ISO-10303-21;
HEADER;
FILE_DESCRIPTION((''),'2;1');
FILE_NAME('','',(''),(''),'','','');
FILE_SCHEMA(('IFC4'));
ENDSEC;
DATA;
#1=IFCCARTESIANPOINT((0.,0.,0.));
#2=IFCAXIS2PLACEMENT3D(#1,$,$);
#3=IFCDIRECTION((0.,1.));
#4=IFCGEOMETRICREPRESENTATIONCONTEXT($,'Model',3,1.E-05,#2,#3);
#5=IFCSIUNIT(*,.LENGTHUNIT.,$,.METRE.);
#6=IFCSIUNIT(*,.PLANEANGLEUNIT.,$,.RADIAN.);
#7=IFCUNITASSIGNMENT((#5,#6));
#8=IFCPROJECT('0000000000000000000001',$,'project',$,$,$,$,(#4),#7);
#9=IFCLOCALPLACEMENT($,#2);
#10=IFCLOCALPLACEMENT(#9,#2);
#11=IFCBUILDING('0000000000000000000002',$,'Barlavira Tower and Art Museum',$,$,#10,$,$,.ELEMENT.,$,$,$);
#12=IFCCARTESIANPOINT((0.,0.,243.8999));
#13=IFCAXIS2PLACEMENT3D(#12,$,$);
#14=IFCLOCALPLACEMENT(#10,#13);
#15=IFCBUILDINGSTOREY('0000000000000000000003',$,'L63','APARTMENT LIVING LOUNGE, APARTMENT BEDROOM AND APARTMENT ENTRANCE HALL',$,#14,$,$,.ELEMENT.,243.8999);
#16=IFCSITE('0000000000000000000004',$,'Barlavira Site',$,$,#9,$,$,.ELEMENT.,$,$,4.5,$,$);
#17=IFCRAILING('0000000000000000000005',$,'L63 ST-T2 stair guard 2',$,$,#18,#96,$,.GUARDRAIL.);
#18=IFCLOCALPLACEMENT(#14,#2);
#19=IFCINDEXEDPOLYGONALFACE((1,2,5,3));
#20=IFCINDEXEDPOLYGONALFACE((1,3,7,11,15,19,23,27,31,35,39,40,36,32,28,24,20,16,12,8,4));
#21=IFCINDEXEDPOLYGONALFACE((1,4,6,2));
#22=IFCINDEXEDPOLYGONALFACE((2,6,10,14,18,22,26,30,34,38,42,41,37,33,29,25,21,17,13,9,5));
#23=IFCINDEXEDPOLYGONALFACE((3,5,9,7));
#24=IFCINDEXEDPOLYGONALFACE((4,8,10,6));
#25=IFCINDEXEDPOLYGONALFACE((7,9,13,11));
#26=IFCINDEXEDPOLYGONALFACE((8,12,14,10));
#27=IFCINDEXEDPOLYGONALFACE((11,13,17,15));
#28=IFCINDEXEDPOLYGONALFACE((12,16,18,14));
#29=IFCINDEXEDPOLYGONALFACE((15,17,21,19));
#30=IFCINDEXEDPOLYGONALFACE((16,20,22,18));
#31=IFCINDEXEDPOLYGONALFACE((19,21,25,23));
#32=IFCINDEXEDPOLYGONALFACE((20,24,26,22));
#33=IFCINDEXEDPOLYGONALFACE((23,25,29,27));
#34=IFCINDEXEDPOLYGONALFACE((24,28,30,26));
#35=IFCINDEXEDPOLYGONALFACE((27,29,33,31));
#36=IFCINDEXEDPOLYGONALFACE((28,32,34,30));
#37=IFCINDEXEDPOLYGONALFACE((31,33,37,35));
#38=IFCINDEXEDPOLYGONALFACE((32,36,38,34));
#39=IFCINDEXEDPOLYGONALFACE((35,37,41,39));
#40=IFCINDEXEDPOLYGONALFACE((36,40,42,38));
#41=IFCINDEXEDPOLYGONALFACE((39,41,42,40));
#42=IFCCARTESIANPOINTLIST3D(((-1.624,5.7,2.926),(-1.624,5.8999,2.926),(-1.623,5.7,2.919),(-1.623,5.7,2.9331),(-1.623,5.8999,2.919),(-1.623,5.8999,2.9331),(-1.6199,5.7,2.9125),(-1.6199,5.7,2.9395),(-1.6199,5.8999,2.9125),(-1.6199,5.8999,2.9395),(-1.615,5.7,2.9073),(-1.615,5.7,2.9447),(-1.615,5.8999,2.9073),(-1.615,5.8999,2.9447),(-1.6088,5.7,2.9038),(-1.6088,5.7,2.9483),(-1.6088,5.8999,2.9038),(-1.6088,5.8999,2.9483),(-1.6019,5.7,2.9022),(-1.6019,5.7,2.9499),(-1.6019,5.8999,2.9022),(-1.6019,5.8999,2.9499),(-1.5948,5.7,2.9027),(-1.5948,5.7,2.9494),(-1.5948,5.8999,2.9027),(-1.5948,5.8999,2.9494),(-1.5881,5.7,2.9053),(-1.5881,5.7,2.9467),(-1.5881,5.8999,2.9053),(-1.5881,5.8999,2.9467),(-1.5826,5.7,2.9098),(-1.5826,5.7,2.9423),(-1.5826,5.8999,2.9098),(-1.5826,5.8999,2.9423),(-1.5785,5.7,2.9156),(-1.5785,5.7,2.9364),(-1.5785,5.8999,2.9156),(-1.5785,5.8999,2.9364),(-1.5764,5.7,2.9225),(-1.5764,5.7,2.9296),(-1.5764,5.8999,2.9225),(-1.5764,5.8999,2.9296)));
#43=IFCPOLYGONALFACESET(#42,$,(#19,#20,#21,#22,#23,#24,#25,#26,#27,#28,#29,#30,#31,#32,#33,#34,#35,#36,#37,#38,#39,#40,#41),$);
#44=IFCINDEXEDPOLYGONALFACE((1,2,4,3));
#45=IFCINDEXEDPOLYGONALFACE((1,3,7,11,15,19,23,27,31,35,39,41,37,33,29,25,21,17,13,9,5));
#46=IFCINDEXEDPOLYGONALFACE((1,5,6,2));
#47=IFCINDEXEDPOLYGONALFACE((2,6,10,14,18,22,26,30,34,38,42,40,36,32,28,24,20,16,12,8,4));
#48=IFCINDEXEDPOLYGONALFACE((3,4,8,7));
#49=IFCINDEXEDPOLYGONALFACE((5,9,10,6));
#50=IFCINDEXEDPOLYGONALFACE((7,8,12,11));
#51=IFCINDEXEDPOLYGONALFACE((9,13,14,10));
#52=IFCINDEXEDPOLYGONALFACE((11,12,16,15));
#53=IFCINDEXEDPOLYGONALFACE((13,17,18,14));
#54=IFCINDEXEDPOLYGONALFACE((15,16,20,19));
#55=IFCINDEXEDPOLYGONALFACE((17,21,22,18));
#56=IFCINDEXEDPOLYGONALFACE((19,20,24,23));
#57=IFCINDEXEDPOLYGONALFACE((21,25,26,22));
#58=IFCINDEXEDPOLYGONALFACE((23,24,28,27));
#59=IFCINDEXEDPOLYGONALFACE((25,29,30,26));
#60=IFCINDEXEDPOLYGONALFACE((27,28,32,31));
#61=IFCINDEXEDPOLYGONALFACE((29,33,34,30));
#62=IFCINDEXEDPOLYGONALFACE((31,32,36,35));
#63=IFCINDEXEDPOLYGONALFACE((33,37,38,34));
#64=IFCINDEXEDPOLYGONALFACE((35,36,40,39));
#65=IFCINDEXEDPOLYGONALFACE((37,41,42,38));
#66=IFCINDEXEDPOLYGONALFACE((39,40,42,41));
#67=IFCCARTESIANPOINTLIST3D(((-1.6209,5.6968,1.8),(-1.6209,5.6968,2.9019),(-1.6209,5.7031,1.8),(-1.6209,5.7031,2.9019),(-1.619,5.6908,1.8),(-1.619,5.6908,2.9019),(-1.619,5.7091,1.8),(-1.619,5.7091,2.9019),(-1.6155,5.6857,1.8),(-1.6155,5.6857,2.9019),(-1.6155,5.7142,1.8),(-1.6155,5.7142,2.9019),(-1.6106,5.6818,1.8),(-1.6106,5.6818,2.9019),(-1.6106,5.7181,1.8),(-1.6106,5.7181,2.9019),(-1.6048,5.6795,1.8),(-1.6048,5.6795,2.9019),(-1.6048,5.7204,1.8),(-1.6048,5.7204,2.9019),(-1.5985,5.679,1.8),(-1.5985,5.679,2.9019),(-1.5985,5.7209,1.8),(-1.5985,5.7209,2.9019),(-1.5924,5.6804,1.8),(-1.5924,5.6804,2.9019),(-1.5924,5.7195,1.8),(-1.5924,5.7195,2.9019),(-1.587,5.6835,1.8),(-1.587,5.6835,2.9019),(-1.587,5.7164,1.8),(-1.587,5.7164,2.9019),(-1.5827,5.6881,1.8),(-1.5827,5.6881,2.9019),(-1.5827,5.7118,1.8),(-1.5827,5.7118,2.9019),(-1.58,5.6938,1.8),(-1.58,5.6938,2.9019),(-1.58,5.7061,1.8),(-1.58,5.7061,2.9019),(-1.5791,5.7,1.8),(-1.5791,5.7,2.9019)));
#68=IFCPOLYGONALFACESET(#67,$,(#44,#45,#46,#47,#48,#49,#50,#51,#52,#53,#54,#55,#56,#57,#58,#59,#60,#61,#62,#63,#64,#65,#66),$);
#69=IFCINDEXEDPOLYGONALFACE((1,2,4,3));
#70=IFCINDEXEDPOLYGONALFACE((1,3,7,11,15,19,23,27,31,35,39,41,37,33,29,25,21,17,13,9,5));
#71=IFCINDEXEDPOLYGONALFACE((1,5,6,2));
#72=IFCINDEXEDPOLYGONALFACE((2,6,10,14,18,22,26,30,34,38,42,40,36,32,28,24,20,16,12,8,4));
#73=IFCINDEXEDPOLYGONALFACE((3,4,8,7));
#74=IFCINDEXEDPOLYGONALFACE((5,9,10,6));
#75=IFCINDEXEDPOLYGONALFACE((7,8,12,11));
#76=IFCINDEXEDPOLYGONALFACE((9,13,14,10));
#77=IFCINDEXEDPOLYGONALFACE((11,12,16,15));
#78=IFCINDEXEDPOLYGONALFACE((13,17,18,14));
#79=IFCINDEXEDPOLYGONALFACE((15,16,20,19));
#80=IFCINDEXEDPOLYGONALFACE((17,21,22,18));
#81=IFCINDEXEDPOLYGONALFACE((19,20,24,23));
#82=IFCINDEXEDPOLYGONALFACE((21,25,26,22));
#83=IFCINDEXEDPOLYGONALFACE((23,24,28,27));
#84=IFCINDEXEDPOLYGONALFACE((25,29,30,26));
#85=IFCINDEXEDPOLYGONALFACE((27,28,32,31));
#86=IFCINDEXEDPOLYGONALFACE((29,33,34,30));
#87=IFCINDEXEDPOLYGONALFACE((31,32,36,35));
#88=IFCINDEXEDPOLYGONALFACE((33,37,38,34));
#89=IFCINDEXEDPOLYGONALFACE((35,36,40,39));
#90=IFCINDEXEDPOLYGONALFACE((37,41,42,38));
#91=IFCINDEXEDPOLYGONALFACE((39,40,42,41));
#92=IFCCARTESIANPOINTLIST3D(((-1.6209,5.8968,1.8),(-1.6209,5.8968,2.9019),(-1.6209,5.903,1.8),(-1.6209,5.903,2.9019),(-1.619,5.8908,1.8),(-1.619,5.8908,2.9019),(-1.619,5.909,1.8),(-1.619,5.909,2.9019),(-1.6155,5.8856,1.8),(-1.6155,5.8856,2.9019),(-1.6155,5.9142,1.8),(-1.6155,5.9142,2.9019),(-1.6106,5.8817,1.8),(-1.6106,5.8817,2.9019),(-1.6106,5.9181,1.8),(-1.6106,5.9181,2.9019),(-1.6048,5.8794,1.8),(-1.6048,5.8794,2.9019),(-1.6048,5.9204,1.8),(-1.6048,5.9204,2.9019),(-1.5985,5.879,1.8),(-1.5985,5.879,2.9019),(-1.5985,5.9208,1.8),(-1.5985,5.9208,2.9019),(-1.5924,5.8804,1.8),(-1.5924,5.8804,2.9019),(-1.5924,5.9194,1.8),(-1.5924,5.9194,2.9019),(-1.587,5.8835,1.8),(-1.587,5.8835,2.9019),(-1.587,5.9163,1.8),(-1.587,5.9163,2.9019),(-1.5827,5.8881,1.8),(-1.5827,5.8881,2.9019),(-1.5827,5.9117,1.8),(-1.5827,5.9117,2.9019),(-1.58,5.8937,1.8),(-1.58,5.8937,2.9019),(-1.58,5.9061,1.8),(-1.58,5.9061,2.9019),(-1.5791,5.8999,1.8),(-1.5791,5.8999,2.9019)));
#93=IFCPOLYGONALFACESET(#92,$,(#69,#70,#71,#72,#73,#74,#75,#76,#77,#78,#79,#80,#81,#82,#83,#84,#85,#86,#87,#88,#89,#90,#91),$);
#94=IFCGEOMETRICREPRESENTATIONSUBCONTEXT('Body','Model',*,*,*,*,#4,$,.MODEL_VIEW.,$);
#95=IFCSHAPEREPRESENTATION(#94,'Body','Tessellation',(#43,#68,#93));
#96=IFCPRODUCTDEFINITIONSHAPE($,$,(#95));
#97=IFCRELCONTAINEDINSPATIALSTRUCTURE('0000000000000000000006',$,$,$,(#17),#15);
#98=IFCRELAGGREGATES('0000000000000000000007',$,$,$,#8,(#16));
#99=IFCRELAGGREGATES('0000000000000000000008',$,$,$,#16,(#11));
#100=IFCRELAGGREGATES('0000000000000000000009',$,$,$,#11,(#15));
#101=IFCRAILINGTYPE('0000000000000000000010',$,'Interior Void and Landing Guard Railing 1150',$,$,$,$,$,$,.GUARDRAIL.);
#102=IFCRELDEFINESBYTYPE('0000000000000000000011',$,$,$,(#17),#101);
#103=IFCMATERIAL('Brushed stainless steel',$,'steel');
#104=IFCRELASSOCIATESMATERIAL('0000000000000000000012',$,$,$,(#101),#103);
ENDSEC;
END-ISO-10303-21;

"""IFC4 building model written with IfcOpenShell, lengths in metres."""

from ifc_helpers import new_model, si_unit, direction, frame, origin, origin_2d, place, context, subcontext, project, spatial, circle, extrude, material, type_object, element, save


model = new_model("IFC4")

# Units and contexts
model_context = context("Model", 3, precision=1e-05, world=origin(), true_north=direction((0.0, 1.0)))
body_context = subcontext(model_context, "Body", "Model", "MODEL_VIEW")
ifc_project = project(units=[si_unit("LENGTHUNIT", "METRE"), si_unit("PLANEANGLEUNIT", "RADIAN")], contexts=[model_context])

# Site, building, storey
site_placement = place(None, origin())
site = spatial("IfcSite", under=ifc_project, at=site_placement, Name="Barlavira Site", CompositionType="ELEMENT", RefElevation=4.5)
building_placement = place(site_placement, origin())
building = spatial("IfcBuilding", under=site, at=building_placement, Name="Barlavira Tower and Art Museum", CompositionType="ELEMENT")
storey_placement = place(building_placement, frame((0.0, 0.0, 243.8999)))
storey = spatial("IfcBuildingStorey", under=building, at=storey_placement, Name="L63", Description="APARTMENT LIVING LOUNGE, APARTMENT BEDROOM AND APARTMENT ENTRANCE HALL", CompositionType="ELEMENT", Elevation=243.8999)

# Shared definitions
ifc_material_1 = material(Name="Brushed stainless steel", Category="steel")

# Railing
railing_type_1 = type_object("IfcRailingType", Name="Interior Void and Landing Guard Railing 1150", PredefinedType="GUARDRAIL", material=ifc_material_1)
railing_1_placement = place(storey_placement, frame((-1.6001, 5.7, 1.8)))
element("IfcRailing", 1, at=railing_1_placement, inside=storey, type_object=railing_type_1, Name="L63 ST-T2 stair guard 2", PredefinedType="GUARDRAIL", context=body_context, shape_type="SweptSolid", body=[
    extrude(circle(Radius=0.0239, at=origin_2d()), frame((0.0, 0.0, 1.126), z_axis=(0.0, 1.0, 0.0), x_axis=(-1.0, 0.0, 0.0)), (0.0, 0.0, 1.0), 0.2),
    extrude(circle(Radius=0.021, at=origin_2d()), origin(), (0.0, 0.0, 1.0), 1.1018),
    extrude(circle(Radius=0.021, at=origin_2d()), frame((0.0, 0.2, 0.0)), (0.0, 0.0, 1.0), 1.1018),
])

save(model, "model.ifc")
